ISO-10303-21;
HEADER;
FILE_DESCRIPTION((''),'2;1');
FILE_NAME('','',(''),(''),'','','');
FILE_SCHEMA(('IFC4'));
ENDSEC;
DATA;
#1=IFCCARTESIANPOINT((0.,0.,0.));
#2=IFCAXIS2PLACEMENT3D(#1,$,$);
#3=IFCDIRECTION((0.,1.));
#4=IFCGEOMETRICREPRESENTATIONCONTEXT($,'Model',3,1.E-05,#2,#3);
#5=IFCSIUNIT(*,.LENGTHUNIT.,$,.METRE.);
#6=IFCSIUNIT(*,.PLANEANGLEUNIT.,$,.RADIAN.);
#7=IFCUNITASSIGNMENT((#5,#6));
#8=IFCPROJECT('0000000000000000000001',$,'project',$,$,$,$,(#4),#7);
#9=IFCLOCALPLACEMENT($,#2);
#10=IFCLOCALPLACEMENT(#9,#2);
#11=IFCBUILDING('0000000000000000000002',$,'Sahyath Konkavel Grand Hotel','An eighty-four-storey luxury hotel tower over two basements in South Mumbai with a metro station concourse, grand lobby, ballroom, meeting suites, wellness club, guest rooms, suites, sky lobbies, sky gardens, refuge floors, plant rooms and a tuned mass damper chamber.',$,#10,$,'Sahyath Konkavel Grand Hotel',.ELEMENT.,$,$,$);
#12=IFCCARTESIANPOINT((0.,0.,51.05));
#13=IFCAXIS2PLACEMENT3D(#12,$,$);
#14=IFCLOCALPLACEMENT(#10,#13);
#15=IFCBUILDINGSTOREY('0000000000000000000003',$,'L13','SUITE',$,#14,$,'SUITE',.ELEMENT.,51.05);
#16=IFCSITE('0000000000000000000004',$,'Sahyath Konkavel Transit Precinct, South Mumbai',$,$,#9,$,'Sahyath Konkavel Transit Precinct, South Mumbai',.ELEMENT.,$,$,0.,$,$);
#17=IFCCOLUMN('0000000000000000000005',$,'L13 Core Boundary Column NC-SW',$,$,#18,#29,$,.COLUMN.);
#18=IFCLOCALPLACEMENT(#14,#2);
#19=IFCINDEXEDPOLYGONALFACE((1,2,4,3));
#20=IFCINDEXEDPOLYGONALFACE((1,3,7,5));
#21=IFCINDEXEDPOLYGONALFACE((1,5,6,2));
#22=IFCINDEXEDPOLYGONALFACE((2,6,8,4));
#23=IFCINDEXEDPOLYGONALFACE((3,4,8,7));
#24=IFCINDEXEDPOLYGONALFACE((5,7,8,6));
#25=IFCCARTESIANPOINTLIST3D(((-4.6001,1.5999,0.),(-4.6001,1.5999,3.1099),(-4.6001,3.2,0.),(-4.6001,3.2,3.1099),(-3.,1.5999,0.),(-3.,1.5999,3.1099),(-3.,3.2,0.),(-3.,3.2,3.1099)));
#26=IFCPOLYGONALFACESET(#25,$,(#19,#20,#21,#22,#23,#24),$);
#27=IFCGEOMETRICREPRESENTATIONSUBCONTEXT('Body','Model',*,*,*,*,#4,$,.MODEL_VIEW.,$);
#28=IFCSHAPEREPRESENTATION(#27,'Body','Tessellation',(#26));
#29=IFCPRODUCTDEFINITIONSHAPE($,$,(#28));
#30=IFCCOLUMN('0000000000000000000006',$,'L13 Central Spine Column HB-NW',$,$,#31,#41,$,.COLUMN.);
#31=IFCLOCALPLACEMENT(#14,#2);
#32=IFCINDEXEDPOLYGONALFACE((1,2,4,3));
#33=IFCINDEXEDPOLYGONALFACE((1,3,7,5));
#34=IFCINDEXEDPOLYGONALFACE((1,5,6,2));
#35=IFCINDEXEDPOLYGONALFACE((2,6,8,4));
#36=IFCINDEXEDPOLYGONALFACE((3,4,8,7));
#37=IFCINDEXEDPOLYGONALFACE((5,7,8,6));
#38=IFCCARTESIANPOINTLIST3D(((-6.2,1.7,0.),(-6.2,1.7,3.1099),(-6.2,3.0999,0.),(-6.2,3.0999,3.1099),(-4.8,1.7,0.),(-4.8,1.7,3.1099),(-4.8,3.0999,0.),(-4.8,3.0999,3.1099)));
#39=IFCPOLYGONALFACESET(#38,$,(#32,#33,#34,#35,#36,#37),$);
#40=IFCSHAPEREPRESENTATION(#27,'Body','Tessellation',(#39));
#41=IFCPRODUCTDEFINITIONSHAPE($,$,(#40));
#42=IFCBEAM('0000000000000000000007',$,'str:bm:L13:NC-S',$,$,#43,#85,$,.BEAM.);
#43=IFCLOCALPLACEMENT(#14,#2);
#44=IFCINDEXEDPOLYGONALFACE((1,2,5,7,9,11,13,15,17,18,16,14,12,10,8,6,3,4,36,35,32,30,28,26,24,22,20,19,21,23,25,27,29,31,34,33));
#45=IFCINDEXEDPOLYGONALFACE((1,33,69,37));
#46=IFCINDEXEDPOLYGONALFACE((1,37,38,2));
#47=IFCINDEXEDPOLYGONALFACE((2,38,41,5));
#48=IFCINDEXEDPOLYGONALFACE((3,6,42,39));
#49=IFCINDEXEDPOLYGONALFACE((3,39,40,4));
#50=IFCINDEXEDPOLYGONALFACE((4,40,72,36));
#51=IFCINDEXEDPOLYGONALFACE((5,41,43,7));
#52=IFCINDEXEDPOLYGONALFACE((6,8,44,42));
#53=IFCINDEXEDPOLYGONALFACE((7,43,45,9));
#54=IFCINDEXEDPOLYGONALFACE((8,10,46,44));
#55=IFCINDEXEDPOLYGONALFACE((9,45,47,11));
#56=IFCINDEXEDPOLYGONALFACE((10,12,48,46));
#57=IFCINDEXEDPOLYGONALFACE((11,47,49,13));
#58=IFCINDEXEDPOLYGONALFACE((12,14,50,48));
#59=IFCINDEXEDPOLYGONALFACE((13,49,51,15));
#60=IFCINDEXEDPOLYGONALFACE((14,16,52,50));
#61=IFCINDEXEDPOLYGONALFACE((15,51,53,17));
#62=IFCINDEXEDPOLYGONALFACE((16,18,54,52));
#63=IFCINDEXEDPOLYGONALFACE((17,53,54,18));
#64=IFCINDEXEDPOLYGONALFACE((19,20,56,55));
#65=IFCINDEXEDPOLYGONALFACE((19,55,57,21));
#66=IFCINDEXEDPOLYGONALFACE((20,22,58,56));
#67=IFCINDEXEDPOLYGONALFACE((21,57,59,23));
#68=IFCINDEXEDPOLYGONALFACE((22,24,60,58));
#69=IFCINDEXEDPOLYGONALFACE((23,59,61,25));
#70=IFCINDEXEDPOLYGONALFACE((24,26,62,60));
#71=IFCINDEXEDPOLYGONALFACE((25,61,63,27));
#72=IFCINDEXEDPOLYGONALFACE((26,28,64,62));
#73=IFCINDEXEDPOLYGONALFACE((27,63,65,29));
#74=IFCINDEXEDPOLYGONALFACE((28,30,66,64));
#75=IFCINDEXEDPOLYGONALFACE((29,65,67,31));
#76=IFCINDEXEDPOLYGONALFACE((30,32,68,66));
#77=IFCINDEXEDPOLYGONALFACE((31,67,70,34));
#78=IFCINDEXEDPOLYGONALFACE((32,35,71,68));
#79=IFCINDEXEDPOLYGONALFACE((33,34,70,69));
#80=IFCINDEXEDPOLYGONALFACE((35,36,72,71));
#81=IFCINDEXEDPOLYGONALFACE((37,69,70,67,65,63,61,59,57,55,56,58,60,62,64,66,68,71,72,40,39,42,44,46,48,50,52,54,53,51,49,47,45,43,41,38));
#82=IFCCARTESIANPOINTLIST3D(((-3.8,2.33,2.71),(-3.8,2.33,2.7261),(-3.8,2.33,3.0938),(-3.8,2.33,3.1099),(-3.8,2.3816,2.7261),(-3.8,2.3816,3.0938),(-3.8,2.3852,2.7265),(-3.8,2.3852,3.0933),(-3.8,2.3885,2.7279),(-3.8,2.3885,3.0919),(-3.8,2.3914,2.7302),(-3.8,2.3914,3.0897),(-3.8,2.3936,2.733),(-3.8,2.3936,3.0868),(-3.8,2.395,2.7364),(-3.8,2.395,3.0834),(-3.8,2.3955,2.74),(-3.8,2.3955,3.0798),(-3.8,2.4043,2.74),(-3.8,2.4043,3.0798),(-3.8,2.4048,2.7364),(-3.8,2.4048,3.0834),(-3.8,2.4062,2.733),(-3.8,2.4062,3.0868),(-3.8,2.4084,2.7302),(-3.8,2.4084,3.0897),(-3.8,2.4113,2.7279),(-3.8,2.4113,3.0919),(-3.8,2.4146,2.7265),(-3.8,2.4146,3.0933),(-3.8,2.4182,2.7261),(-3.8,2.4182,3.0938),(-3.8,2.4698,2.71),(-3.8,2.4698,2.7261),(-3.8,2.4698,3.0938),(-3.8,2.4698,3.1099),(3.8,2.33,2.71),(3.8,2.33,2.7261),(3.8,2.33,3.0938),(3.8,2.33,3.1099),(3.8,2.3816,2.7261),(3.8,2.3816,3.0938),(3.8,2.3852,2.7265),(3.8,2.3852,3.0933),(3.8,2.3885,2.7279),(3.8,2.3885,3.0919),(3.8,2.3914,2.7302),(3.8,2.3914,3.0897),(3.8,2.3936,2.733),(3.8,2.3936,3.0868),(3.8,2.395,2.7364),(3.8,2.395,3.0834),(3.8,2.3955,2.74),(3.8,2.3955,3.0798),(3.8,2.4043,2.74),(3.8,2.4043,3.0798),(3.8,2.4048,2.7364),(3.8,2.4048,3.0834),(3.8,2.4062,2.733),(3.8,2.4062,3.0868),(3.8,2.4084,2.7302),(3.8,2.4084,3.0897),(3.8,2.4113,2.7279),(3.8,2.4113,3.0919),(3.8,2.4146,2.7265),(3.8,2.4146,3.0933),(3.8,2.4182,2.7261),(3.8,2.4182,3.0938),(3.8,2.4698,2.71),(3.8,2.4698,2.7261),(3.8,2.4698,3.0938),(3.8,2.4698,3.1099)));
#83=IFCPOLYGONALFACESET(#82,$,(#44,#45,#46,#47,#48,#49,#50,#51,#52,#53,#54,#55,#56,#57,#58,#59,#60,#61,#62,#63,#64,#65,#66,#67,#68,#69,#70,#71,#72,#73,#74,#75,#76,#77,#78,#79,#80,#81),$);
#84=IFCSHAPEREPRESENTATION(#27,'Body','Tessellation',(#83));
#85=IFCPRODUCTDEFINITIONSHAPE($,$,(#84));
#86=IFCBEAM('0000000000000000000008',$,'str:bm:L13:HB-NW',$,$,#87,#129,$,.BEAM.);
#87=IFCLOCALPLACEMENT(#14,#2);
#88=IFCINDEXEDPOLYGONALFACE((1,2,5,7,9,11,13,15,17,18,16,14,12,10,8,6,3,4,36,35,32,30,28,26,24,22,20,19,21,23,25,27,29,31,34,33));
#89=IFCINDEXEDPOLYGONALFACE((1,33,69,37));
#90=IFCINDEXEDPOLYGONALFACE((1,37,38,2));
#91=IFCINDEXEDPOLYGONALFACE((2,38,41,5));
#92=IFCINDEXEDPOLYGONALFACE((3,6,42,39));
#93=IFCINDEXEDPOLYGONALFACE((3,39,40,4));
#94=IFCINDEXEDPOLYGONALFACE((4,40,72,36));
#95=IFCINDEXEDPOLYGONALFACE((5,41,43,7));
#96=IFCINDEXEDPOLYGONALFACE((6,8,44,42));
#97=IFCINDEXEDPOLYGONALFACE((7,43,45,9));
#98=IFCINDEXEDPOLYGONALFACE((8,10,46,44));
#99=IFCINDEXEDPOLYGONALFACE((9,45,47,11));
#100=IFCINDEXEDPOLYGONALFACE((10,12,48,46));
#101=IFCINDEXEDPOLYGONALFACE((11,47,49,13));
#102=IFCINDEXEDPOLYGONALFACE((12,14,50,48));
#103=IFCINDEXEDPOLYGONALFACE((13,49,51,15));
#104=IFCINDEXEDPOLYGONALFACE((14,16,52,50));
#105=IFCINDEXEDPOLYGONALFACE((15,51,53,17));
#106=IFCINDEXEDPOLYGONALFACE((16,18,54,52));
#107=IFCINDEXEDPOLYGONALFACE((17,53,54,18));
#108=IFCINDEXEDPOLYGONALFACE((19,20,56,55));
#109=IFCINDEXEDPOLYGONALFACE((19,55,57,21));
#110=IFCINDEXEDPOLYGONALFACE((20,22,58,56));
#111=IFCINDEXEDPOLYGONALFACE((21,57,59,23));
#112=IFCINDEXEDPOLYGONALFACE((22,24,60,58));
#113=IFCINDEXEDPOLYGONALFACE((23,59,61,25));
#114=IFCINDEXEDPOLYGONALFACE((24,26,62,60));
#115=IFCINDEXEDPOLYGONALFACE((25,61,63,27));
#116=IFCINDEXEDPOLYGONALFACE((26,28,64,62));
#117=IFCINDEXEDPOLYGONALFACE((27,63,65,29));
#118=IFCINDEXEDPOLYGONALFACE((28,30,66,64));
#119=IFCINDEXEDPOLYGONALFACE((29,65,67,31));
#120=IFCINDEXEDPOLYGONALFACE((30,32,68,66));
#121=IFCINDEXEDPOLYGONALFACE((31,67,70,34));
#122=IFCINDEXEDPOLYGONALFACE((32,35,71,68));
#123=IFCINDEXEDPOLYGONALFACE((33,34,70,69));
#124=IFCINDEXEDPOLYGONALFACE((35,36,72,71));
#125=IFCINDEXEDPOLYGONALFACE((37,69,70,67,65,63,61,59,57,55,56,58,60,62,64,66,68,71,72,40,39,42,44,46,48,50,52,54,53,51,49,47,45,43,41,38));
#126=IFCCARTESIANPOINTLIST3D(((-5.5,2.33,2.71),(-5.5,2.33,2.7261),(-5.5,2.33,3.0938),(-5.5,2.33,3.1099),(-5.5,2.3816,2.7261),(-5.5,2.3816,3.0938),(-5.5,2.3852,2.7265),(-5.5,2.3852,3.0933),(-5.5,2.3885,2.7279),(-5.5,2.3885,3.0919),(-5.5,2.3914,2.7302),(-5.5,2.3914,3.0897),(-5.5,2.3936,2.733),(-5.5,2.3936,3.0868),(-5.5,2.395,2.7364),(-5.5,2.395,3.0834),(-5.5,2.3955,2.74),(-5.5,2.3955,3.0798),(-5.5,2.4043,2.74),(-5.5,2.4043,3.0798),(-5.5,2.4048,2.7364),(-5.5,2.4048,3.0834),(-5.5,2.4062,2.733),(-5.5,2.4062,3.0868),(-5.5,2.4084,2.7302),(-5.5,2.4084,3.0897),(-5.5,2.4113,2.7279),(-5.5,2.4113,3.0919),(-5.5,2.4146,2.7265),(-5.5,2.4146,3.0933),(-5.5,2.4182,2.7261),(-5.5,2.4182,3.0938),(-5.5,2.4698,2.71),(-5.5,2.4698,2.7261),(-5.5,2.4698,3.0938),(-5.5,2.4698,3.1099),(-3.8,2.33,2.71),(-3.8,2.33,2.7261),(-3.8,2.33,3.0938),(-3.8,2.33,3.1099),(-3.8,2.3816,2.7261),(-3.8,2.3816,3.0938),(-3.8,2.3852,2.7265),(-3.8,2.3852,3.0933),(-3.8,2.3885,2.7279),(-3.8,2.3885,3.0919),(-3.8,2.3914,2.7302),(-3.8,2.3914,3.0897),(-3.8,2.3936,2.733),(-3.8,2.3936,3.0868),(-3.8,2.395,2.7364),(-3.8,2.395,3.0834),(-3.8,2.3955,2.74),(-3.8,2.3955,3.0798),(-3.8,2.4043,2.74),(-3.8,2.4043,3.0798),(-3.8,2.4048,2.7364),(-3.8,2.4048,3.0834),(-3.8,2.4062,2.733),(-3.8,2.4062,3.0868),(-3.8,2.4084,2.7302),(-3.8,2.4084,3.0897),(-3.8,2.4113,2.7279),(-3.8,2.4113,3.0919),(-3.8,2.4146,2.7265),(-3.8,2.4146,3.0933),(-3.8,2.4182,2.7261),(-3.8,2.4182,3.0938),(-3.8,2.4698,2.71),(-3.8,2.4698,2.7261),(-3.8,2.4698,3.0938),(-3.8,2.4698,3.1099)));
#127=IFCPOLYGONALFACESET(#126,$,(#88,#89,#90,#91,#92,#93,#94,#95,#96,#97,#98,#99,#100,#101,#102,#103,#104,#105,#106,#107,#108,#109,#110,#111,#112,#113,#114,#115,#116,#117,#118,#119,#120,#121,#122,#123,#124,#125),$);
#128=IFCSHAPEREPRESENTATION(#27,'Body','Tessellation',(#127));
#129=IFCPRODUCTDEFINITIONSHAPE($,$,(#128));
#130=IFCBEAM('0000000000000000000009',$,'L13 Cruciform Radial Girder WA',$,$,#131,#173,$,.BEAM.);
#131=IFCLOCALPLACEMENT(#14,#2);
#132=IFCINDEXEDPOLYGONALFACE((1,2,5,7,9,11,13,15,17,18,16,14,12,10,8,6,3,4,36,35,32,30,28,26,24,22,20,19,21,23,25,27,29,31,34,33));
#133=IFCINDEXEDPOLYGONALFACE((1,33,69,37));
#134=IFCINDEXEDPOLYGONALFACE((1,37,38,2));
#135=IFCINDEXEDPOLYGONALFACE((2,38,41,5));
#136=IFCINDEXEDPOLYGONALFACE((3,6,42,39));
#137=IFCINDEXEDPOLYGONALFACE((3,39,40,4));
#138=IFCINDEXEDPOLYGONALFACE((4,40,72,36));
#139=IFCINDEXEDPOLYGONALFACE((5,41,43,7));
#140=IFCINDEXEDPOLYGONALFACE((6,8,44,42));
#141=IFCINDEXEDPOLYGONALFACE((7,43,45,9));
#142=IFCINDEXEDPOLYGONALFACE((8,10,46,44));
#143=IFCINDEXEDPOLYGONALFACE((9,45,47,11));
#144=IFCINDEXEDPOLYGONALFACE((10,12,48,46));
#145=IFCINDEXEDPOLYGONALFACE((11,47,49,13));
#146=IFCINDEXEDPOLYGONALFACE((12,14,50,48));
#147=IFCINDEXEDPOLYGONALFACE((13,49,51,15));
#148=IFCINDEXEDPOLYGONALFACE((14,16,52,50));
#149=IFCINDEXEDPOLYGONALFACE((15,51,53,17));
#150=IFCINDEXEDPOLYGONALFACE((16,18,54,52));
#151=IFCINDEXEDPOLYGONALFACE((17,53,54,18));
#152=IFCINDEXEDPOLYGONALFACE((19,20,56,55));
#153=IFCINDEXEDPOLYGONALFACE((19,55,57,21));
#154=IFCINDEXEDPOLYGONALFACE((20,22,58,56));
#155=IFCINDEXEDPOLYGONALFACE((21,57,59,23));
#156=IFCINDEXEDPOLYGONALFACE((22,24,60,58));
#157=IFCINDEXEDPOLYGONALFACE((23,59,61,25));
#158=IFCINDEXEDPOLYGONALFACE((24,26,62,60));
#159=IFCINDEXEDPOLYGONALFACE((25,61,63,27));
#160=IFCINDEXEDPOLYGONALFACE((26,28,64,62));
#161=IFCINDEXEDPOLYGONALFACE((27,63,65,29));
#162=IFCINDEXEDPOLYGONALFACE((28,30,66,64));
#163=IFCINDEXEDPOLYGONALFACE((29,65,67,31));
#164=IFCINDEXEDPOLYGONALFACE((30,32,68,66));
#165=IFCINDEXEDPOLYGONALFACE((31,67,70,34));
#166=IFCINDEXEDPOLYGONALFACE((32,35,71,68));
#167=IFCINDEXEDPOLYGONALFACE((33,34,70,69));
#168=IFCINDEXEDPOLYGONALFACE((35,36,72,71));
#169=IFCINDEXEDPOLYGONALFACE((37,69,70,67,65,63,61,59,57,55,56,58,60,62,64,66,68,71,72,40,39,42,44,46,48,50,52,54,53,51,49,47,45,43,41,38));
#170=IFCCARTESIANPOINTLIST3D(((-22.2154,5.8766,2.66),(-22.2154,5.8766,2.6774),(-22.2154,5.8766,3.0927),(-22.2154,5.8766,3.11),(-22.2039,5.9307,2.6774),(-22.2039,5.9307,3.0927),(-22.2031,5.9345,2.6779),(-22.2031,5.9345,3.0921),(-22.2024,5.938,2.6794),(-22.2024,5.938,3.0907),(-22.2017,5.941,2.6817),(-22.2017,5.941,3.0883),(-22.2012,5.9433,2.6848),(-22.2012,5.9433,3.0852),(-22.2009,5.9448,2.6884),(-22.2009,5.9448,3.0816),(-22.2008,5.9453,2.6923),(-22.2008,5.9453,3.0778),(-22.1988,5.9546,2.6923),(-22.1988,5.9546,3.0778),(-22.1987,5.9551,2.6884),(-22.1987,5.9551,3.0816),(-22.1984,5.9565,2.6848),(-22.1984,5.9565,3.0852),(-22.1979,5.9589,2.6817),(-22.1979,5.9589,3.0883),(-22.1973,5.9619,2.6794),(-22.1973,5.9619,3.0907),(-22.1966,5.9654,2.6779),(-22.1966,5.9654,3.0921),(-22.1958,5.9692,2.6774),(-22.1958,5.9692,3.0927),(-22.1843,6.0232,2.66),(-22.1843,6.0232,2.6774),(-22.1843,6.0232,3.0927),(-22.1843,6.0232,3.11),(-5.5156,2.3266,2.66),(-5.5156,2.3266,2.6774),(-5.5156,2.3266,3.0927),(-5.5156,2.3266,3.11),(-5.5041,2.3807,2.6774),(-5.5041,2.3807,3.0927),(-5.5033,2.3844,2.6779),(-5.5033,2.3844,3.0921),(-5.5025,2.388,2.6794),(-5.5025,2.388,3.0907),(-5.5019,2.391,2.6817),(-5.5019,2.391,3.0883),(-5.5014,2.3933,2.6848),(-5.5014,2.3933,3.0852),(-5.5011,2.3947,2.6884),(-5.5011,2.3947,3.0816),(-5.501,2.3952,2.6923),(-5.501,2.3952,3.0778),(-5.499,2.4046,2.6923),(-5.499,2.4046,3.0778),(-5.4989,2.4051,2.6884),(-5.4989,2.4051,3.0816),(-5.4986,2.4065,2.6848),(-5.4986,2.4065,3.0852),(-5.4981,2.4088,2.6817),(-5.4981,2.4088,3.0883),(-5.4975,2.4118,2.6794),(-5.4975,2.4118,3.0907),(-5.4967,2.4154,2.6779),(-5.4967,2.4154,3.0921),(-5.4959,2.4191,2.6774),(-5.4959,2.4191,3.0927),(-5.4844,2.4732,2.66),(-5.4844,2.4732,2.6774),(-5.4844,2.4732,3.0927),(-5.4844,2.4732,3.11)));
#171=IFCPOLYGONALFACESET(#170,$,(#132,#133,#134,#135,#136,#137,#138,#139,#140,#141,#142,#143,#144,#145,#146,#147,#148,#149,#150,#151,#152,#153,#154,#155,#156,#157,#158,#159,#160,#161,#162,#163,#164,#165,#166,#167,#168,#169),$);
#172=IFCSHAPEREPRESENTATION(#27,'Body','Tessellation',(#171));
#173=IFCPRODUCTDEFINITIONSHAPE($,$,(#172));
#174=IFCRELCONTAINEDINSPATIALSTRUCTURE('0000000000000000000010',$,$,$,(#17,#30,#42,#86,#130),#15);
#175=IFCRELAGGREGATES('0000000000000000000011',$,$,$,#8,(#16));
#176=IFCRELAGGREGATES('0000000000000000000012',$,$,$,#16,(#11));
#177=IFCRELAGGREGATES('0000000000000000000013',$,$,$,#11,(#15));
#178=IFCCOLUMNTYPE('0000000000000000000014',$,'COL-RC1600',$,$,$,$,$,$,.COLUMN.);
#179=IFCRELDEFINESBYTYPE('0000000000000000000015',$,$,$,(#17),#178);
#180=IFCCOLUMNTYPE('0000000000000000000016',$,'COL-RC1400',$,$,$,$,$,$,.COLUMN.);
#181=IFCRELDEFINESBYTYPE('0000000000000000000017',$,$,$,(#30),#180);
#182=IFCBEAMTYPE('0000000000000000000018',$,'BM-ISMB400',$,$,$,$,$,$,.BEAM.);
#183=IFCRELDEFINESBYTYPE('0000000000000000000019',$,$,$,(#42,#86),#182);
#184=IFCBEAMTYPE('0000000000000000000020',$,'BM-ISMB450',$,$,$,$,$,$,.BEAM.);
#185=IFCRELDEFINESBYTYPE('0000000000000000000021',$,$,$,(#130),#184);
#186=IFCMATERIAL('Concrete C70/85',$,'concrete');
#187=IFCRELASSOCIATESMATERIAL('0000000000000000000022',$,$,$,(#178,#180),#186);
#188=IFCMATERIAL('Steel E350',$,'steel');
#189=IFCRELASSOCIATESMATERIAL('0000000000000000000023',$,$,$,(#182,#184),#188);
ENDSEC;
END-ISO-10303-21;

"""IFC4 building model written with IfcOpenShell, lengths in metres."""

from ifc_helpers import new_model, si_unit, direction, frame, origin, origin_2d, place, context, subcontext, project, spatial, rectangle, i_section, extrude, source, transform, mapped, material, material_profile, profile_set, type_object, element, save


model = new_model("IFC4")

# Units and contexts
model_context = context("Model", 3, precision=1e-05, world=origin(), true_north=direction((0.0, 1.0)))
body_context = subcontext(model_context, "Body", "Model", "MODEL_VIEW")
ifc_project = project(units=[si_unit("LENGTHUNIT", "METRE"), si_unit("PLANEANGLEUNIT", "RADIAN")], contexts=[model_context])

# Site, building, storey
site_placement = place(None, origin())
site = spatial("IfcSite", under=ifc_project, at=site_placement, Name="Sahyath Konkavel Transit Precinct, South Mumbai", LongName="Sahyath Konkavel Transit Precinct, South Mumbai", CompositionType="ELEMENT", RefElevation=0.0)
building_placement = place(site_placement, origin())
building = spatial("IfcBuilding", under=site, at=building_placement, Name="Sahyath Konkavel Grand Hotel", Description="An eighty-four-storey luxury hotel tower over two basements in South Mumbai with a metro station concourse, grand lobby, ballroom, meeting suites, wellness club, guest rooms, suites, sky lobbies, sky gardens, refuge floors, plant rooms and a tuned mass damper chamber.", LongName="Sahyath Konkavel Grand Hotel", CompositionType="ELEMENT")
storey_placement = place(building_placement, frame((0.0, 0.0, 51.05)))
storey = spatial("IfcBuildingStorey", under=building, at=storey_placement, Name="L13", Description="SUITE", LongName="SUITE", CompositionType="ELEMENT", Elevation=51.05)

# Columns
ifc_material_1 = material(Name="Concrete C70/85", Category="concrete")
ifc_material_profile_1 = material_profile(ifc_material_1, rectangle(XDim=1.6001, YDim=1.6001, at=origin_2d()), Name="RC 1600x1600")
ifc_profile_set_1 = profile_set([ifc_material_profile_1], Name="Concrete C70/85")
column_type_1 = type_object("IfcColumnType", Name="COL-RC1600", PredefinedType="COLUMN", material=ifc_profile_set_1)
shared_shape_1 = source(origin(), body_context, "Body", "SweptSolid", [
    extrude(rectangle(XDim=1.6001, YDim=1.6001, at=origin_2d()), origin(), (0.0, 0.0, 1.0), 3.1099),
])
column_1_placement = place(storey_placement, frame((-3.8, 2.3999, 0.0), z_axis=(0.0, 0.0, 1.0), x_axis=(1.0, 0.0, 0.0)))
element("IfcColumn", 1, at=column_1_placement, inside=storey, type_object=column_type_1, Name="L13 Core Boundary Column NC-SW", PredefinedType="COLUMN", context=body_context, shape_type="MappedRepresentation", body=[
    mapped(shared_shape_1, transform((0.0, 0.0, 0.0), scale=1.0)),
])
ifc_material_profile_2 = material_profile(ifc_material_1, rectangle(XDim=1.3999, YDim=1.3999, at=origin_2d()), Name="RC 1400x1400")
ifc_profile_set_2 = profile_set([ifc_material_profile_2], Name="Concrete C70/85")
column_type_2 = type_object("IfcColumnType", Name="COL-RC1400", PredefinedType="COLUMN", material=ifc_profile_set_2)
shared_shape_2 = source(origin(), body_context, "Body", "SweptSolid", [
    extrude(rectangle(XDim=1.3999, YDim=1.3999, at=origin_2d()), origin(), (0.0, 0.0, 1.0), 3.1099),
])
column_2_placement = place(storey_placement, frame((-5.5, 2.3999, 0.0), z_axis=(0.0, 0.0, 1.0), x_axis=(1.0, 0.0, 0.0)))
element("IfcColumn", 2, at=column_2_placement, inside=storey, type_object=column_type_2, Name="L13 Central Spine Column HB-NW", PredefinedType="COLUMN", context=body_context, shape_type="MappedRepresentation", body=[
    mapped(shared_shape_2, transform((0.0, 0.0, 0.0), scale=1.0)),
])

# Beams
ifc_material_2 = material(Name="Steel E350", Category="steel")
ifc_material_profile_3 = material_profile(ifc_material_2, i_section(OverallWidth=0.1399, OverallDepth=0.3999, WebThickness=0.0088, FlangeThickness=0.0161, FilletRadius=0.0139, at=origin_2d()), Name="ISMB 400")
ifc_profile_set_3 = profile_set([ifc_material_profile_3], Name="Steel E350")
beam_type_1 = type_object("IfcBeamType", Name="BM-ISMB400", PredefinedType="BEAM", material=ifc_profile_set_3)
shared_shape_3 = source(origin(), body_context, "Body", "SweptSolid", [
    extrude(i_section(OverallWidth=0.1399, OverallDepth=0.3999, WebThickness=0.0088, FlangeThickness=0.0161, FilletRadius=0.0139, at=origin_2d()), origin(), (0.0, 0.0, 1.0), 7.6001),
])
beam_1_placement = place(storey_placement, frame((-3.8, 2.3999, 2.9099), z_axis=(1.0, 0.0, 0.0), x_axis=(0.0, 1.0, 0.0)))
element("IfcBeam", 3, at=beam_1_placement, inside=storey, type_object=beam_type_1, Name="str:bm:L13:NC-S", PredefinedType="BEAM", context=body_context, shape_type="MappedRepresentation", body=[
    mapped(shared_shape_3, transform((0.0, 0.0, 0.0), scale=1.0)),
])
shared_shape_4 = source(origin(), body_context, "Body", "SweptSolid", [
    extrude(i_section(OverallWidth=0.1399, OverallDepth=0.3999, WebThickness=0.0088, FlangeThickness=0.0161, FilletRadius=0.0139, at=origin_2d()), origin(), (0.0, 0.0, 1.0), 1.7),
])
beam_2_placement = place(storey_placement, frame((-5.5, 2.3999, 2.9099), z_axis=(1.0, 0.0, 0.0), x_axis=(0.0, 1.0, 0.0)))
element("IfcBeam", 4, at=beam_2_placement, inside=storey, type_object=beam_type_1, Name="str:bm:L13:HB-NW", PredefinedType="BEAM", context=body_context, shape_type="MappedRepresentation", body=[
    mapped(shared_shape_4, transform((0.0, 0.0, 0.0), scale=1.0)),
])
ifc_material_profile_4 = material_profile(ifc_material_2, i_section(OverallWidth=0.1499, OverallDepth=0.45, WebThickness=0.0095, FlangeThickness=0.0173, FilletRadius=0.0149, at=origin_2d()), Name="ISMB 450")
ifc_profile_set_4 = profile_set([ifc_material_profile_4], Name="Steel E350")
beam_type_2 = type_object("IfcBeamType", Name="BM-ISMB450", PredefinedType="BEAM", material=ifc_profile_set_4)
shared_shape_5 = source(origin(), body_context, "Body", "SweptSolid", [
    extrude(i_section(OverallWidth=0.1499, OverallDepth=0.45, WebThickness=0.0095, FlangeThickness=0.0173, FilletRadius=0.0149, at=origin_2d()), origin(), (0.0, 0.0, 1.0), 17.073),
])
beam_3_placement = place(storey_placement, frame((-5.5, 2.3999, 2.885), z_axis=(-0.978143, 0.207932, 0.0), x_axis=(-0.207932, -0.978143, 0.0)))
element("IfcBeam", 5, at=beam_3_placement, inside=storey, type_object=beam_type_2, Name="L13 Cruciform Radial Girder WA", PredefinedType="BEAM", context=body_context, shape_type="MappedRepresentation", body=[
    mapped(shared_shape_5, transform((0.0, 0.0, 0.0), scale=1.0)),
])

save(model, "model.ifc")
